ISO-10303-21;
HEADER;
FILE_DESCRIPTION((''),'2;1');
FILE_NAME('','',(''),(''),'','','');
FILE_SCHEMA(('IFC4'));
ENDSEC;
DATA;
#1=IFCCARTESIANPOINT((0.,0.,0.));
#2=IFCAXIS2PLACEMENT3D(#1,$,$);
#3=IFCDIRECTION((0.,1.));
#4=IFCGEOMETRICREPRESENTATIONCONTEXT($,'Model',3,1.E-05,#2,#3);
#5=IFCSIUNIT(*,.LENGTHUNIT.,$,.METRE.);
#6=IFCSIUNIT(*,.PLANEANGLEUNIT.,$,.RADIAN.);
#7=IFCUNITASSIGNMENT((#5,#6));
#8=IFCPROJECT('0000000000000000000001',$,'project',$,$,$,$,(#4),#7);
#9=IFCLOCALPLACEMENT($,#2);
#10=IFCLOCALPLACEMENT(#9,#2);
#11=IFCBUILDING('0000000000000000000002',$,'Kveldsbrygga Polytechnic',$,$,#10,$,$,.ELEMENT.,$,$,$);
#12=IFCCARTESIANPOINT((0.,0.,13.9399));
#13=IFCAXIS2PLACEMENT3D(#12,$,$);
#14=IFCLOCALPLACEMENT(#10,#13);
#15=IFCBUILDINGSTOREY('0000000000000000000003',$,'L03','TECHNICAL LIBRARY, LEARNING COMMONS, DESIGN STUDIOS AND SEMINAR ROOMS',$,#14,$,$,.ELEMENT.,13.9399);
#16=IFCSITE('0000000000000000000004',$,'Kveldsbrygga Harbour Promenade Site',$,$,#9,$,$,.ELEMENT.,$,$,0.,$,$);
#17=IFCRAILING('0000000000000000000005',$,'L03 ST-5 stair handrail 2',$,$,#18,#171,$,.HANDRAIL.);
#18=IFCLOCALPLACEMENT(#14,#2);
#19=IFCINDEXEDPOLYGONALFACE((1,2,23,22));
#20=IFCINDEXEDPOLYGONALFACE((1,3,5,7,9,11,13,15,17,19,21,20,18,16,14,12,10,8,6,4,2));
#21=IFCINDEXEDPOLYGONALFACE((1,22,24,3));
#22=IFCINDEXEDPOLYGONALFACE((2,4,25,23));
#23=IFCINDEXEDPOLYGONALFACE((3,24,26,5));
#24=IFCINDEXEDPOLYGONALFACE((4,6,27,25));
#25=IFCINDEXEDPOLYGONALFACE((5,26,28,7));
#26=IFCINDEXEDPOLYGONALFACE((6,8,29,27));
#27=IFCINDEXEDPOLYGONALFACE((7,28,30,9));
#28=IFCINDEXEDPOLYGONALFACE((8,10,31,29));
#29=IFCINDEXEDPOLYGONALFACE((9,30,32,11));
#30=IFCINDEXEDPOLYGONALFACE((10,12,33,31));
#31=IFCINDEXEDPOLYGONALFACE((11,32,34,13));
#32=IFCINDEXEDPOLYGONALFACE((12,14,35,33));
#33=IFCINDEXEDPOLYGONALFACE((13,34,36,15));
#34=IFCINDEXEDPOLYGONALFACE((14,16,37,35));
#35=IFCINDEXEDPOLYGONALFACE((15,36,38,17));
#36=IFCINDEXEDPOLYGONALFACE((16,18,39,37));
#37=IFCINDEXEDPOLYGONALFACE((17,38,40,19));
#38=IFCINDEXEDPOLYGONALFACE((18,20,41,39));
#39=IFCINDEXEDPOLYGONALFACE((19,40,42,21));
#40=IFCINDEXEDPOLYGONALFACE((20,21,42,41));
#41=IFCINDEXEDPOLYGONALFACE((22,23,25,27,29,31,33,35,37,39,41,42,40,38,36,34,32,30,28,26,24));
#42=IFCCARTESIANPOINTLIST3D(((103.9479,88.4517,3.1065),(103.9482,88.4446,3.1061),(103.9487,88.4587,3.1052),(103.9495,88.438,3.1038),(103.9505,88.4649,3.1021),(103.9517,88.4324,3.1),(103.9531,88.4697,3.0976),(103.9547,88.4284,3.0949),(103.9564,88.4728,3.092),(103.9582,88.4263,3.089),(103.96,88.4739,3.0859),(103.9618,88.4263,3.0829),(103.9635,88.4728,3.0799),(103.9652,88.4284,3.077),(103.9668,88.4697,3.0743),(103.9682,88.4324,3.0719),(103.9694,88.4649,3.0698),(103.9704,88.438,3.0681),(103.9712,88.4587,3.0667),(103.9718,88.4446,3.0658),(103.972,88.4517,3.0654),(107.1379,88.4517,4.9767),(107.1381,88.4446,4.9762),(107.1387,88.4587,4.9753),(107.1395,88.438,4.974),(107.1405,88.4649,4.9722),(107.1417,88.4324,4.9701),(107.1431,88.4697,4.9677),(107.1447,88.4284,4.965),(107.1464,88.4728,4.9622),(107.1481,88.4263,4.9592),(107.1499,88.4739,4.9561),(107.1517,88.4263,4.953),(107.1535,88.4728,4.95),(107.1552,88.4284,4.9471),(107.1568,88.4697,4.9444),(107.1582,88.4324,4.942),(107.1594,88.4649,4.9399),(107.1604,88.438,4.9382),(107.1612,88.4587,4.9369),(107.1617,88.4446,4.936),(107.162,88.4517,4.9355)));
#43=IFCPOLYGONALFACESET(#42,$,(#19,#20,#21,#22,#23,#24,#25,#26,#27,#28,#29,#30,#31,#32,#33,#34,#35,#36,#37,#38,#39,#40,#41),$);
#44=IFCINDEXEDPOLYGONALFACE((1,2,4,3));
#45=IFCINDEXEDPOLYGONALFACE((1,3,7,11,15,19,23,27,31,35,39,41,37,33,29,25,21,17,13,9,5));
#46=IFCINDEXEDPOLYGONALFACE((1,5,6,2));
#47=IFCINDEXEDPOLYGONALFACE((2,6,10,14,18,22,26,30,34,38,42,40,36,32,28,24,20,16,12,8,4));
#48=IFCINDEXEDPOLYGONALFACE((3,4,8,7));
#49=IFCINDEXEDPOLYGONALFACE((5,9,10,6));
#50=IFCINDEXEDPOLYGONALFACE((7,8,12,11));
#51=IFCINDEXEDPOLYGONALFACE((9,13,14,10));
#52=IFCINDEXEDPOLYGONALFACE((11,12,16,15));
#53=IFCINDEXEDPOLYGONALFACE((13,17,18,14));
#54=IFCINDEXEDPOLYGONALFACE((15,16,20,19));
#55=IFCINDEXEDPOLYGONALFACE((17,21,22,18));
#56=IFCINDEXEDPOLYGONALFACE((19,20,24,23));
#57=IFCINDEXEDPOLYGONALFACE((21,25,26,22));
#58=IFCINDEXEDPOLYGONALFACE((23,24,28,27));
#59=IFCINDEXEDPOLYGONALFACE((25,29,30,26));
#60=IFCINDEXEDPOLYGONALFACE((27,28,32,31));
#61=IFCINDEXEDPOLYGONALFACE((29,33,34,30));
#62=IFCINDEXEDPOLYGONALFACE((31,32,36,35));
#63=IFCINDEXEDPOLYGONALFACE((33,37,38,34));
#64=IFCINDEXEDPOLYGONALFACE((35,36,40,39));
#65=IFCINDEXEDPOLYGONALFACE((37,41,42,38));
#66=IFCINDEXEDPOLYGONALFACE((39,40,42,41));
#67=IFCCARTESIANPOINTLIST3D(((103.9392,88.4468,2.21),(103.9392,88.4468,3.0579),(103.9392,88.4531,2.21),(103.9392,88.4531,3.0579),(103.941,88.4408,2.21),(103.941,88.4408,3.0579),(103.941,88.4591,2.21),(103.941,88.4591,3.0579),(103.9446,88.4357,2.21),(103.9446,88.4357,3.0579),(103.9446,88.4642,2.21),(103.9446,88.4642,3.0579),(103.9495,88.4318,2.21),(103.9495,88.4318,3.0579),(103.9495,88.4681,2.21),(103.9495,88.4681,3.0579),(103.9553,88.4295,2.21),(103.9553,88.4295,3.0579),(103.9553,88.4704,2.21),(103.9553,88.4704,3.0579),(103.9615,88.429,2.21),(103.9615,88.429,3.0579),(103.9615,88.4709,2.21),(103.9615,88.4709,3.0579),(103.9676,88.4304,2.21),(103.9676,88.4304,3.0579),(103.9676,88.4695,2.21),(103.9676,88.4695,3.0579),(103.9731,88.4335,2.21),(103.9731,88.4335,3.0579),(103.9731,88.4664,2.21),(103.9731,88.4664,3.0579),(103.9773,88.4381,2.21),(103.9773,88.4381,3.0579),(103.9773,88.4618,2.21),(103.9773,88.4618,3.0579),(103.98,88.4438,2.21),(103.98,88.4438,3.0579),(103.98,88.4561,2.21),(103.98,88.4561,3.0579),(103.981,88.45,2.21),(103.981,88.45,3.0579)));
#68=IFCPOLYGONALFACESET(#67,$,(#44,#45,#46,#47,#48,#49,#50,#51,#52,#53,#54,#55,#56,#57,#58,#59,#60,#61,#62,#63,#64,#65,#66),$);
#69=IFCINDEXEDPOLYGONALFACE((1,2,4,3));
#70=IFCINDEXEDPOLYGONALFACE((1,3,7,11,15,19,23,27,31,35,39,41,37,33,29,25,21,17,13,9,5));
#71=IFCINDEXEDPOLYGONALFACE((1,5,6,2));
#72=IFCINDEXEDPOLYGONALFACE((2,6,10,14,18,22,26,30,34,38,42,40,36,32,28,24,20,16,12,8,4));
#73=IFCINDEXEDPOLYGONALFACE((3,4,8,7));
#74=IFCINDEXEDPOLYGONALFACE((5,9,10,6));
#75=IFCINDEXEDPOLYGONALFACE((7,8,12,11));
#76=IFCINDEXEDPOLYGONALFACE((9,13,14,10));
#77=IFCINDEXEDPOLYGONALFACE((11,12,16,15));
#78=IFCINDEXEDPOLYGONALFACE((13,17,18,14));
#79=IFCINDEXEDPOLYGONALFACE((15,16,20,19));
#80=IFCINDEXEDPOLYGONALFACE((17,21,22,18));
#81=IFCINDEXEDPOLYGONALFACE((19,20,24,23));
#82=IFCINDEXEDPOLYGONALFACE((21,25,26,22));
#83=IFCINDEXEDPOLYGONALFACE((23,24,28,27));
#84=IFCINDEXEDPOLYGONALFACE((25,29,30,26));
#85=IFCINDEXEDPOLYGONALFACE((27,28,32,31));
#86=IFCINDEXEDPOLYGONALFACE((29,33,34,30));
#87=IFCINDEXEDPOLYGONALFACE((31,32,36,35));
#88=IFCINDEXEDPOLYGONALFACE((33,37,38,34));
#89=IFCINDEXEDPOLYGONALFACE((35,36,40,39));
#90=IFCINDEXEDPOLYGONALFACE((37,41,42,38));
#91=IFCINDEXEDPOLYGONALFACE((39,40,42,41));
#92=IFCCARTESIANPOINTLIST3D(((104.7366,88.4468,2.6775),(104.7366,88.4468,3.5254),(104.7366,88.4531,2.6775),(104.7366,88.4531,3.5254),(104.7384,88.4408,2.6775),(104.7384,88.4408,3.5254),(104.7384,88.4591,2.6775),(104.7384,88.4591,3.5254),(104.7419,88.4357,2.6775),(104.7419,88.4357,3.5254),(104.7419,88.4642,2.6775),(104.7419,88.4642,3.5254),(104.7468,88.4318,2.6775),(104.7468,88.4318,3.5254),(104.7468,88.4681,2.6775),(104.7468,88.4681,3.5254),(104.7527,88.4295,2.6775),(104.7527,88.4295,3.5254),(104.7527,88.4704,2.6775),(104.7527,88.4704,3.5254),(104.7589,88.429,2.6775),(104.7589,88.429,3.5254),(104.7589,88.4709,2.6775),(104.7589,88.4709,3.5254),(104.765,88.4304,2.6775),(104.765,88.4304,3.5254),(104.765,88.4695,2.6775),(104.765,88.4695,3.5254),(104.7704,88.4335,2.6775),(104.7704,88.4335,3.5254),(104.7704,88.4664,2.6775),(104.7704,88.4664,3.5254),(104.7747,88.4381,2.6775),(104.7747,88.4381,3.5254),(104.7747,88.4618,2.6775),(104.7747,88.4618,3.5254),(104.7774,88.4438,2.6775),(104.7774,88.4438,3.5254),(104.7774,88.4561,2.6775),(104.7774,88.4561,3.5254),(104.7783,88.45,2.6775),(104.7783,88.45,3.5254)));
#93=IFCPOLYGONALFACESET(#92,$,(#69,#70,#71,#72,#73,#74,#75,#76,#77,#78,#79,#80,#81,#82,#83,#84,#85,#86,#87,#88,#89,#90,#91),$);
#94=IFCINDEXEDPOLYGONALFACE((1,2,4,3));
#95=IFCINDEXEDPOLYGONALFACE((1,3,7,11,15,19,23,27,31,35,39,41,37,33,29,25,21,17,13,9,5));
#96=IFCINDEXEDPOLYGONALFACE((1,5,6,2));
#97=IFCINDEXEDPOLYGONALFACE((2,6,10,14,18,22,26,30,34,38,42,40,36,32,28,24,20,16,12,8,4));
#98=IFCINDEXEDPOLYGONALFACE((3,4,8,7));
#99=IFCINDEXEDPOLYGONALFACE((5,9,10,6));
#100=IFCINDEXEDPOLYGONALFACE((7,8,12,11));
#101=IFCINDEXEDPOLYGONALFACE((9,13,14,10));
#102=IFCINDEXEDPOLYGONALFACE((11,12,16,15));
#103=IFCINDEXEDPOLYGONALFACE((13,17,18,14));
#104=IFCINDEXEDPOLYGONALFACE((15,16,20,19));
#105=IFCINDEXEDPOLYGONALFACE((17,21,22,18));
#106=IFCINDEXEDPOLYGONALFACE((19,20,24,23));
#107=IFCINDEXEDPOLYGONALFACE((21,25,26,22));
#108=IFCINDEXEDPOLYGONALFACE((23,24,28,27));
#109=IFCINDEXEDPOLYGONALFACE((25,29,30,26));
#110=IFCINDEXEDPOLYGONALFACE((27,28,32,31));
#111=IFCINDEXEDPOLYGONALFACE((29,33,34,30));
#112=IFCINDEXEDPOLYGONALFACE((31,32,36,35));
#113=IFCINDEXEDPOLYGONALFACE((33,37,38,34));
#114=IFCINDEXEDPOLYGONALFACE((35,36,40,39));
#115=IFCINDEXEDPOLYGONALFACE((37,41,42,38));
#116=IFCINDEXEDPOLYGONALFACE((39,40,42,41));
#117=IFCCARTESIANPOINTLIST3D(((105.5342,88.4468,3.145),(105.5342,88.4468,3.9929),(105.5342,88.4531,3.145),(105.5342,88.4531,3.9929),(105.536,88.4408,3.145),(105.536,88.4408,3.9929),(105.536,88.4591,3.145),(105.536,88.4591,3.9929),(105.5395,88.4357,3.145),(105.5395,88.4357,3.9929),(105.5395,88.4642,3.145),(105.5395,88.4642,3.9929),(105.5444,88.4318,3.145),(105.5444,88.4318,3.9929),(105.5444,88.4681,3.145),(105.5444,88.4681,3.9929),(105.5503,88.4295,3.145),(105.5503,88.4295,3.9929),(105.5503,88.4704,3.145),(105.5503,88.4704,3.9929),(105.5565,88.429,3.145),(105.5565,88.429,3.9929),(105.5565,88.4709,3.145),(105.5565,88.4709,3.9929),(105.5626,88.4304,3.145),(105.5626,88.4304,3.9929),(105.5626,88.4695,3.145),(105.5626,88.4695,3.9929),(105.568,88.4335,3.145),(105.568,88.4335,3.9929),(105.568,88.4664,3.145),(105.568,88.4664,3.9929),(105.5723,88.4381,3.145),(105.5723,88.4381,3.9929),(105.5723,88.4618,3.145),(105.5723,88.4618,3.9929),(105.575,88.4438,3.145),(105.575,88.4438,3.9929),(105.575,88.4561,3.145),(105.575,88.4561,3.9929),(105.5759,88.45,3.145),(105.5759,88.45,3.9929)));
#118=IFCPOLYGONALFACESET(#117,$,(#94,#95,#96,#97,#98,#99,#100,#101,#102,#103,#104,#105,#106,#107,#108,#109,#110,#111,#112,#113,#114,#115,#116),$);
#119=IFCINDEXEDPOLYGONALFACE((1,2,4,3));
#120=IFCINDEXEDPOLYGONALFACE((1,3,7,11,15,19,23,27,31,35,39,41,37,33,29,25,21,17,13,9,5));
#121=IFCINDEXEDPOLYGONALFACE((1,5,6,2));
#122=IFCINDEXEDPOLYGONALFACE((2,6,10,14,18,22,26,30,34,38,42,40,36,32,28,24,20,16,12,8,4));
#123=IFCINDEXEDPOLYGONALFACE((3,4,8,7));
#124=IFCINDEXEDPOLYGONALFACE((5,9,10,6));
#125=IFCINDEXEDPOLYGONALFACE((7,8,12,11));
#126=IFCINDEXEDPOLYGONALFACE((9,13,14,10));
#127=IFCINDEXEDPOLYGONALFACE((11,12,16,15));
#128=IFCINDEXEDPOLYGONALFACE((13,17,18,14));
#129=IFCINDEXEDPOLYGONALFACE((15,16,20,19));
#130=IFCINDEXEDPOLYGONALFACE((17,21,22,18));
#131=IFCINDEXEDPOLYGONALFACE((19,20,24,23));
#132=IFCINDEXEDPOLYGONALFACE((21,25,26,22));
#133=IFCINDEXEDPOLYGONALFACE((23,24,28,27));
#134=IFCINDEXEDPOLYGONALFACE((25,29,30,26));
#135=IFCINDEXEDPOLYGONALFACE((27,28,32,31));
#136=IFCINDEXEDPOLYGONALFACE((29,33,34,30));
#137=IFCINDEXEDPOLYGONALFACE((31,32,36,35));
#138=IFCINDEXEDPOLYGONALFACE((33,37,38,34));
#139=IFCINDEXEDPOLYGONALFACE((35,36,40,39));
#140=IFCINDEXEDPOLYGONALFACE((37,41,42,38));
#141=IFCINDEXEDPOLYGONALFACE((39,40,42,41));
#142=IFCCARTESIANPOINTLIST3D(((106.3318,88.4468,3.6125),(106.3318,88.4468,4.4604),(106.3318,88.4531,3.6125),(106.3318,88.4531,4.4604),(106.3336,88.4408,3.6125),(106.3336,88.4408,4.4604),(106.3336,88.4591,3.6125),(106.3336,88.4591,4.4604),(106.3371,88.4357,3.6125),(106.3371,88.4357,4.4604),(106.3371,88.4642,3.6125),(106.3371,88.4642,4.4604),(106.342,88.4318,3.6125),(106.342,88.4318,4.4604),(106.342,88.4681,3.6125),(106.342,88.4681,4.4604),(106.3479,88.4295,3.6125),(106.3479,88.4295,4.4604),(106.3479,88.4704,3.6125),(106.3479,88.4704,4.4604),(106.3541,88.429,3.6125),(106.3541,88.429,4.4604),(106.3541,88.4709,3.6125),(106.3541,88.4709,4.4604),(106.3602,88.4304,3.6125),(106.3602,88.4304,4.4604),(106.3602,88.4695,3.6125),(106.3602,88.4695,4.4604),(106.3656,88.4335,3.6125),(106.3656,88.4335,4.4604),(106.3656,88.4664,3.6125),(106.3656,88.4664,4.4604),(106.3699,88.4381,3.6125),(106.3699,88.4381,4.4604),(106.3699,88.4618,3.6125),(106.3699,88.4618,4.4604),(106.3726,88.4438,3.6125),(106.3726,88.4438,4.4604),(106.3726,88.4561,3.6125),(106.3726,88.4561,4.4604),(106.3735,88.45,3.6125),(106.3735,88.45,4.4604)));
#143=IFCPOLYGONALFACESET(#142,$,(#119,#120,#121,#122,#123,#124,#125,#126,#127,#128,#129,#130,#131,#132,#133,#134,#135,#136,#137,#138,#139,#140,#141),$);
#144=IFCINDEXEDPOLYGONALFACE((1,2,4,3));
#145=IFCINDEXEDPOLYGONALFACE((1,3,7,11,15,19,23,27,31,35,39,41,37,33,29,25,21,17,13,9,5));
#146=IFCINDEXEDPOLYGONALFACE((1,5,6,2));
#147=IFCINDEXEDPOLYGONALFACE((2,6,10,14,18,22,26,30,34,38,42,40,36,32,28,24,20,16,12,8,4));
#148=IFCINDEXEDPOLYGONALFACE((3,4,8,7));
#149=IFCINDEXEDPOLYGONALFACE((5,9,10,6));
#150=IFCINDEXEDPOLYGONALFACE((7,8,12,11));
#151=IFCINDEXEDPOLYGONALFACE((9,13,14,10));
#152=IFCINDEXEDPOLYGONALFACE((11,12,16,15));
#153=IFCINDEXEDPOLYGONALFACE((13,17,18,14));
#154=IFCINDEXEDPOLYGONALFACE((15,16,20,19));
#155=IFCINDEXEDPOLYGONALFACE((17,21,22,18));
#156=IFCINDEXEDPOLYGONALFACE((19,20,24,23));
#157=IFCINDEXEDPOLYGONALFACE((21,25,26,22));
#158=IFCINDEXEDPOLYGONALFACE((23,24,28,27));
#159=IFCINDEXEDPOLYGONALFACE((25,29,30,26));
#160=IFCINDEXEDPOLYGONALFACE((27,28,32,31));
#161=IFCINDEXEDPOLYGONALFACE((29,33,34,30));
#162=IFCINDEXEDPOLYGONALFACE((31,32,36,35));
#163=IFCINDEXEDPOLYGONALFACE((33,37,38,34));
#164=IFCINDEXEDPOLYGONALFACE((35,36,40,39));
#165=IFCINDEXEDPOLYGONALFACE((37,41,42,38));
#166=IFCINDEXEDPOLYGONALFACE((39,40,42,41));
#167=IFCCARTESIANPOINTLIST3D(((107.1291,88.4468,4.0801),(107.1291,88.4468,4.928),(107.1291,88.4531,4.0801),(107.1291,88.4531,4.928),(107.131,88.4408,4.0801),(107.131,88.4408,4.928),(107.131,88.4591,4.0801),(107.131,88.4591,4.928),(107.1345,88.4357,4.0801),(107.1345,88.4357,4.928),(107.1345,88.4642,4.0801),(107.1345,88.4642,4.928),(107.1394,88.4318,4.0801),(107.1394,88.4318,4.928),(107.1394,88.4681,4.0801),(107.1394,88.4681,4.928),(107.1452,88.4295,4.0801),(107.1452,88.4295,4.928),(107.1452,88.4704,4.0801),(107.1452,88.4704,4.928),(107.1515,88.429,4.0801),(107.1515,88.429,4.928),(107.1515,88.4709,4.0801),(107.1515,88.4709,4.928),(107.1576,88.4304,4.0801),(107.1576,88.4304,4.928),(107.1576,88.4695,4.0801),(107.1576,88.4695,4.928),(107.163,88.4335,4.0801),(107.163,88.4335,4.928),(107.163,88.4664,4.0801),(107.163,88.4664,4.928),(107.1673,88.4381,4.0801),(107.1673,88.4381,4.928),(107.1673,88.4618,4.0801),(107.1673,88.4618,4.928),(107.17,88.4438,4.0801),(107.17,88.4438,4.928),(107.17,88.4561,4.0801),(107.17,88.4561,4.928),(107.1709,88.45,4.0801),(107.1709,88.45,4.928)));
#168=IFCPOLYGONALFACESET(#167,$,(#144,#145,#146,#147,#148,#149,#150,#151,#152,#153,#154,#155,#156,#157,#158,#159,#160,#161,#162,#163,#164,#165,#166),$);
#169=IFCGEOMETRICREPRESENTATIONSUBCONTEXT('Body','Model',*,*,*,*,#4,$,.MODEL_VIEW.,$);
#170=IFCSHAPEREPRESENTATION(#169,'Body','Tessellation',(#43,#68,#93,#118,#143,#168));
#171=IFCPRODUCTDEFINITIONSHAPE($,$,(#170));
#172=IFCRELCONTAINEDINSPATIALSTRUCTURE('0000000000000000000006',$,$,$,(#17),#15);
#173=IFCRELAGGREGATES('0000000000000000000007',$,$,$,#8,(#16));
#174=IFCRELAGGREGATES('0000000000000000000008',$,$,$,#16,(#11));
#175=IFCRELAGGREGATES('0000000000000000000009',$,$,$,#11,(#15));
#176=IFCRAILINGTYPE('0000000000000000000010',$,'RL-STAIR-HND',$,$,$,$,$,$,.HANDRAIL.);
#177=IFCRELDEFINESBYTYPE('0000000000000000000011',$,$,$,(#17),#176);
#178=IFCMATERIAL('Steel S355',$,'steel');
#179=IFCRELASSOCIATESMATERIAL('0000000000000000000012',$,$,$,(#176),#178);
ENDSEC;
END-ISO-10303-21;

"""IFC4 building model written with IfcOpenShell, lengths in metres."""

from ifc_helpers import new_model, si_unit, direction, frame, origin, origin_2d, place, context, subcontext, project, spatial, circle, extrude, material, type_object, element, save


model = new_model("IFC4")

# Units and contexts
model_context = context("Model", 3, precision=1e-05, world=origin(), true_north=direction((0.0, 1.0)))
body_context = subcontext(model_context, "Body", "Model", "MODEL_VIEW")
ifc_project = project(units=[si_unit("LENGTHUNIT", "METRE"), si_unit("PLANEANGLEUNIT", "RADIAN")], contexts=[model_context])

# Site, building, storey
site_placement = place(None, origin())
site = spatial("IfcSite", under=ifc_project, at=site_placement, Name="Kveldsbrygga Harbour Promenade Site", CompositionType="ELEMENT", RefElevation=0.0)
building_placement = place(site_placement, origin())
building = spatial("IfcBuilding", under=site, at=building_placement, Name="Kveldsbrygga Polytechnic", CompositionType="ELEMENT")
storey_placement = place(building_placement, frame((0.0, 0.0, 13.9399)))
storey = spatial("IfcBuildingStorey", under=building, at=storey_placement, Name="L03", Description="TECHNICAL LIBRARY, LEARNING COMMONS, DESIGN STUDIOS AND SEMINAR ROOMS", CompositionType="ELEMENT", Elevation=13.9399)

# Shared definitions
ifc_material_1 = material(Name="Steel S355", Category="steel")

# Railing
railing_type_1 = type_object("IfcRailingType", Name="RL-STAIR-HND", PredefinedType="HANDRAIL", material=ifc_material_1)
railing_1_placement = place(storey_placement, frame((103.96, 88.45, 2.21)))
element("IfcRailing", 1, at=railing_1_placement, inside=storey, type_object=railing_type_1, Name="L03 ST-5 stair handrail 2", PredefinedType="HANDRAIL", context=body_context, shape_type="SweptSolid", body=[
    extrude(circle(Radius=0.0239, at=origin_2d()), frame((0.0, 0.0, 0.876), z_axis=(0.86268, 0.0, 0.50575), x_axis=(0.0, 1.0, 0.0)), (0.0, 0.0, 1.0), 3.6978),
    extrude(circle(Radius=0.021, at=origin_2d()), origin(), (0.0, 0.0, 1.0), 0.8479),
    extrude(circle(Radius=0.021, at=origin_2d()), frame((0.7974, 0.0, 0.4675)), (0.0, 0.0, 1.0), 0.8479),
    extrude(circle(Radius=0.021, at=origin_2d()), frame((1.595, 0.0, 0.9351)), (0.0, 0.0, 1.0), 0.8479),
    extrude(circle(Radius=0.021, at=origin_2d()), frame((2.3926, 0.0, 1.4026)), (0.0, 0.0, 1.0), 0.8479),
    extrude(circle(Radius=0.021, at=origin_2d()), frame((3.1899, 0.0, 1.8701)), (0.0, 0.0, 1.0), 0.8479),
])

save(model, "model.ifc")
